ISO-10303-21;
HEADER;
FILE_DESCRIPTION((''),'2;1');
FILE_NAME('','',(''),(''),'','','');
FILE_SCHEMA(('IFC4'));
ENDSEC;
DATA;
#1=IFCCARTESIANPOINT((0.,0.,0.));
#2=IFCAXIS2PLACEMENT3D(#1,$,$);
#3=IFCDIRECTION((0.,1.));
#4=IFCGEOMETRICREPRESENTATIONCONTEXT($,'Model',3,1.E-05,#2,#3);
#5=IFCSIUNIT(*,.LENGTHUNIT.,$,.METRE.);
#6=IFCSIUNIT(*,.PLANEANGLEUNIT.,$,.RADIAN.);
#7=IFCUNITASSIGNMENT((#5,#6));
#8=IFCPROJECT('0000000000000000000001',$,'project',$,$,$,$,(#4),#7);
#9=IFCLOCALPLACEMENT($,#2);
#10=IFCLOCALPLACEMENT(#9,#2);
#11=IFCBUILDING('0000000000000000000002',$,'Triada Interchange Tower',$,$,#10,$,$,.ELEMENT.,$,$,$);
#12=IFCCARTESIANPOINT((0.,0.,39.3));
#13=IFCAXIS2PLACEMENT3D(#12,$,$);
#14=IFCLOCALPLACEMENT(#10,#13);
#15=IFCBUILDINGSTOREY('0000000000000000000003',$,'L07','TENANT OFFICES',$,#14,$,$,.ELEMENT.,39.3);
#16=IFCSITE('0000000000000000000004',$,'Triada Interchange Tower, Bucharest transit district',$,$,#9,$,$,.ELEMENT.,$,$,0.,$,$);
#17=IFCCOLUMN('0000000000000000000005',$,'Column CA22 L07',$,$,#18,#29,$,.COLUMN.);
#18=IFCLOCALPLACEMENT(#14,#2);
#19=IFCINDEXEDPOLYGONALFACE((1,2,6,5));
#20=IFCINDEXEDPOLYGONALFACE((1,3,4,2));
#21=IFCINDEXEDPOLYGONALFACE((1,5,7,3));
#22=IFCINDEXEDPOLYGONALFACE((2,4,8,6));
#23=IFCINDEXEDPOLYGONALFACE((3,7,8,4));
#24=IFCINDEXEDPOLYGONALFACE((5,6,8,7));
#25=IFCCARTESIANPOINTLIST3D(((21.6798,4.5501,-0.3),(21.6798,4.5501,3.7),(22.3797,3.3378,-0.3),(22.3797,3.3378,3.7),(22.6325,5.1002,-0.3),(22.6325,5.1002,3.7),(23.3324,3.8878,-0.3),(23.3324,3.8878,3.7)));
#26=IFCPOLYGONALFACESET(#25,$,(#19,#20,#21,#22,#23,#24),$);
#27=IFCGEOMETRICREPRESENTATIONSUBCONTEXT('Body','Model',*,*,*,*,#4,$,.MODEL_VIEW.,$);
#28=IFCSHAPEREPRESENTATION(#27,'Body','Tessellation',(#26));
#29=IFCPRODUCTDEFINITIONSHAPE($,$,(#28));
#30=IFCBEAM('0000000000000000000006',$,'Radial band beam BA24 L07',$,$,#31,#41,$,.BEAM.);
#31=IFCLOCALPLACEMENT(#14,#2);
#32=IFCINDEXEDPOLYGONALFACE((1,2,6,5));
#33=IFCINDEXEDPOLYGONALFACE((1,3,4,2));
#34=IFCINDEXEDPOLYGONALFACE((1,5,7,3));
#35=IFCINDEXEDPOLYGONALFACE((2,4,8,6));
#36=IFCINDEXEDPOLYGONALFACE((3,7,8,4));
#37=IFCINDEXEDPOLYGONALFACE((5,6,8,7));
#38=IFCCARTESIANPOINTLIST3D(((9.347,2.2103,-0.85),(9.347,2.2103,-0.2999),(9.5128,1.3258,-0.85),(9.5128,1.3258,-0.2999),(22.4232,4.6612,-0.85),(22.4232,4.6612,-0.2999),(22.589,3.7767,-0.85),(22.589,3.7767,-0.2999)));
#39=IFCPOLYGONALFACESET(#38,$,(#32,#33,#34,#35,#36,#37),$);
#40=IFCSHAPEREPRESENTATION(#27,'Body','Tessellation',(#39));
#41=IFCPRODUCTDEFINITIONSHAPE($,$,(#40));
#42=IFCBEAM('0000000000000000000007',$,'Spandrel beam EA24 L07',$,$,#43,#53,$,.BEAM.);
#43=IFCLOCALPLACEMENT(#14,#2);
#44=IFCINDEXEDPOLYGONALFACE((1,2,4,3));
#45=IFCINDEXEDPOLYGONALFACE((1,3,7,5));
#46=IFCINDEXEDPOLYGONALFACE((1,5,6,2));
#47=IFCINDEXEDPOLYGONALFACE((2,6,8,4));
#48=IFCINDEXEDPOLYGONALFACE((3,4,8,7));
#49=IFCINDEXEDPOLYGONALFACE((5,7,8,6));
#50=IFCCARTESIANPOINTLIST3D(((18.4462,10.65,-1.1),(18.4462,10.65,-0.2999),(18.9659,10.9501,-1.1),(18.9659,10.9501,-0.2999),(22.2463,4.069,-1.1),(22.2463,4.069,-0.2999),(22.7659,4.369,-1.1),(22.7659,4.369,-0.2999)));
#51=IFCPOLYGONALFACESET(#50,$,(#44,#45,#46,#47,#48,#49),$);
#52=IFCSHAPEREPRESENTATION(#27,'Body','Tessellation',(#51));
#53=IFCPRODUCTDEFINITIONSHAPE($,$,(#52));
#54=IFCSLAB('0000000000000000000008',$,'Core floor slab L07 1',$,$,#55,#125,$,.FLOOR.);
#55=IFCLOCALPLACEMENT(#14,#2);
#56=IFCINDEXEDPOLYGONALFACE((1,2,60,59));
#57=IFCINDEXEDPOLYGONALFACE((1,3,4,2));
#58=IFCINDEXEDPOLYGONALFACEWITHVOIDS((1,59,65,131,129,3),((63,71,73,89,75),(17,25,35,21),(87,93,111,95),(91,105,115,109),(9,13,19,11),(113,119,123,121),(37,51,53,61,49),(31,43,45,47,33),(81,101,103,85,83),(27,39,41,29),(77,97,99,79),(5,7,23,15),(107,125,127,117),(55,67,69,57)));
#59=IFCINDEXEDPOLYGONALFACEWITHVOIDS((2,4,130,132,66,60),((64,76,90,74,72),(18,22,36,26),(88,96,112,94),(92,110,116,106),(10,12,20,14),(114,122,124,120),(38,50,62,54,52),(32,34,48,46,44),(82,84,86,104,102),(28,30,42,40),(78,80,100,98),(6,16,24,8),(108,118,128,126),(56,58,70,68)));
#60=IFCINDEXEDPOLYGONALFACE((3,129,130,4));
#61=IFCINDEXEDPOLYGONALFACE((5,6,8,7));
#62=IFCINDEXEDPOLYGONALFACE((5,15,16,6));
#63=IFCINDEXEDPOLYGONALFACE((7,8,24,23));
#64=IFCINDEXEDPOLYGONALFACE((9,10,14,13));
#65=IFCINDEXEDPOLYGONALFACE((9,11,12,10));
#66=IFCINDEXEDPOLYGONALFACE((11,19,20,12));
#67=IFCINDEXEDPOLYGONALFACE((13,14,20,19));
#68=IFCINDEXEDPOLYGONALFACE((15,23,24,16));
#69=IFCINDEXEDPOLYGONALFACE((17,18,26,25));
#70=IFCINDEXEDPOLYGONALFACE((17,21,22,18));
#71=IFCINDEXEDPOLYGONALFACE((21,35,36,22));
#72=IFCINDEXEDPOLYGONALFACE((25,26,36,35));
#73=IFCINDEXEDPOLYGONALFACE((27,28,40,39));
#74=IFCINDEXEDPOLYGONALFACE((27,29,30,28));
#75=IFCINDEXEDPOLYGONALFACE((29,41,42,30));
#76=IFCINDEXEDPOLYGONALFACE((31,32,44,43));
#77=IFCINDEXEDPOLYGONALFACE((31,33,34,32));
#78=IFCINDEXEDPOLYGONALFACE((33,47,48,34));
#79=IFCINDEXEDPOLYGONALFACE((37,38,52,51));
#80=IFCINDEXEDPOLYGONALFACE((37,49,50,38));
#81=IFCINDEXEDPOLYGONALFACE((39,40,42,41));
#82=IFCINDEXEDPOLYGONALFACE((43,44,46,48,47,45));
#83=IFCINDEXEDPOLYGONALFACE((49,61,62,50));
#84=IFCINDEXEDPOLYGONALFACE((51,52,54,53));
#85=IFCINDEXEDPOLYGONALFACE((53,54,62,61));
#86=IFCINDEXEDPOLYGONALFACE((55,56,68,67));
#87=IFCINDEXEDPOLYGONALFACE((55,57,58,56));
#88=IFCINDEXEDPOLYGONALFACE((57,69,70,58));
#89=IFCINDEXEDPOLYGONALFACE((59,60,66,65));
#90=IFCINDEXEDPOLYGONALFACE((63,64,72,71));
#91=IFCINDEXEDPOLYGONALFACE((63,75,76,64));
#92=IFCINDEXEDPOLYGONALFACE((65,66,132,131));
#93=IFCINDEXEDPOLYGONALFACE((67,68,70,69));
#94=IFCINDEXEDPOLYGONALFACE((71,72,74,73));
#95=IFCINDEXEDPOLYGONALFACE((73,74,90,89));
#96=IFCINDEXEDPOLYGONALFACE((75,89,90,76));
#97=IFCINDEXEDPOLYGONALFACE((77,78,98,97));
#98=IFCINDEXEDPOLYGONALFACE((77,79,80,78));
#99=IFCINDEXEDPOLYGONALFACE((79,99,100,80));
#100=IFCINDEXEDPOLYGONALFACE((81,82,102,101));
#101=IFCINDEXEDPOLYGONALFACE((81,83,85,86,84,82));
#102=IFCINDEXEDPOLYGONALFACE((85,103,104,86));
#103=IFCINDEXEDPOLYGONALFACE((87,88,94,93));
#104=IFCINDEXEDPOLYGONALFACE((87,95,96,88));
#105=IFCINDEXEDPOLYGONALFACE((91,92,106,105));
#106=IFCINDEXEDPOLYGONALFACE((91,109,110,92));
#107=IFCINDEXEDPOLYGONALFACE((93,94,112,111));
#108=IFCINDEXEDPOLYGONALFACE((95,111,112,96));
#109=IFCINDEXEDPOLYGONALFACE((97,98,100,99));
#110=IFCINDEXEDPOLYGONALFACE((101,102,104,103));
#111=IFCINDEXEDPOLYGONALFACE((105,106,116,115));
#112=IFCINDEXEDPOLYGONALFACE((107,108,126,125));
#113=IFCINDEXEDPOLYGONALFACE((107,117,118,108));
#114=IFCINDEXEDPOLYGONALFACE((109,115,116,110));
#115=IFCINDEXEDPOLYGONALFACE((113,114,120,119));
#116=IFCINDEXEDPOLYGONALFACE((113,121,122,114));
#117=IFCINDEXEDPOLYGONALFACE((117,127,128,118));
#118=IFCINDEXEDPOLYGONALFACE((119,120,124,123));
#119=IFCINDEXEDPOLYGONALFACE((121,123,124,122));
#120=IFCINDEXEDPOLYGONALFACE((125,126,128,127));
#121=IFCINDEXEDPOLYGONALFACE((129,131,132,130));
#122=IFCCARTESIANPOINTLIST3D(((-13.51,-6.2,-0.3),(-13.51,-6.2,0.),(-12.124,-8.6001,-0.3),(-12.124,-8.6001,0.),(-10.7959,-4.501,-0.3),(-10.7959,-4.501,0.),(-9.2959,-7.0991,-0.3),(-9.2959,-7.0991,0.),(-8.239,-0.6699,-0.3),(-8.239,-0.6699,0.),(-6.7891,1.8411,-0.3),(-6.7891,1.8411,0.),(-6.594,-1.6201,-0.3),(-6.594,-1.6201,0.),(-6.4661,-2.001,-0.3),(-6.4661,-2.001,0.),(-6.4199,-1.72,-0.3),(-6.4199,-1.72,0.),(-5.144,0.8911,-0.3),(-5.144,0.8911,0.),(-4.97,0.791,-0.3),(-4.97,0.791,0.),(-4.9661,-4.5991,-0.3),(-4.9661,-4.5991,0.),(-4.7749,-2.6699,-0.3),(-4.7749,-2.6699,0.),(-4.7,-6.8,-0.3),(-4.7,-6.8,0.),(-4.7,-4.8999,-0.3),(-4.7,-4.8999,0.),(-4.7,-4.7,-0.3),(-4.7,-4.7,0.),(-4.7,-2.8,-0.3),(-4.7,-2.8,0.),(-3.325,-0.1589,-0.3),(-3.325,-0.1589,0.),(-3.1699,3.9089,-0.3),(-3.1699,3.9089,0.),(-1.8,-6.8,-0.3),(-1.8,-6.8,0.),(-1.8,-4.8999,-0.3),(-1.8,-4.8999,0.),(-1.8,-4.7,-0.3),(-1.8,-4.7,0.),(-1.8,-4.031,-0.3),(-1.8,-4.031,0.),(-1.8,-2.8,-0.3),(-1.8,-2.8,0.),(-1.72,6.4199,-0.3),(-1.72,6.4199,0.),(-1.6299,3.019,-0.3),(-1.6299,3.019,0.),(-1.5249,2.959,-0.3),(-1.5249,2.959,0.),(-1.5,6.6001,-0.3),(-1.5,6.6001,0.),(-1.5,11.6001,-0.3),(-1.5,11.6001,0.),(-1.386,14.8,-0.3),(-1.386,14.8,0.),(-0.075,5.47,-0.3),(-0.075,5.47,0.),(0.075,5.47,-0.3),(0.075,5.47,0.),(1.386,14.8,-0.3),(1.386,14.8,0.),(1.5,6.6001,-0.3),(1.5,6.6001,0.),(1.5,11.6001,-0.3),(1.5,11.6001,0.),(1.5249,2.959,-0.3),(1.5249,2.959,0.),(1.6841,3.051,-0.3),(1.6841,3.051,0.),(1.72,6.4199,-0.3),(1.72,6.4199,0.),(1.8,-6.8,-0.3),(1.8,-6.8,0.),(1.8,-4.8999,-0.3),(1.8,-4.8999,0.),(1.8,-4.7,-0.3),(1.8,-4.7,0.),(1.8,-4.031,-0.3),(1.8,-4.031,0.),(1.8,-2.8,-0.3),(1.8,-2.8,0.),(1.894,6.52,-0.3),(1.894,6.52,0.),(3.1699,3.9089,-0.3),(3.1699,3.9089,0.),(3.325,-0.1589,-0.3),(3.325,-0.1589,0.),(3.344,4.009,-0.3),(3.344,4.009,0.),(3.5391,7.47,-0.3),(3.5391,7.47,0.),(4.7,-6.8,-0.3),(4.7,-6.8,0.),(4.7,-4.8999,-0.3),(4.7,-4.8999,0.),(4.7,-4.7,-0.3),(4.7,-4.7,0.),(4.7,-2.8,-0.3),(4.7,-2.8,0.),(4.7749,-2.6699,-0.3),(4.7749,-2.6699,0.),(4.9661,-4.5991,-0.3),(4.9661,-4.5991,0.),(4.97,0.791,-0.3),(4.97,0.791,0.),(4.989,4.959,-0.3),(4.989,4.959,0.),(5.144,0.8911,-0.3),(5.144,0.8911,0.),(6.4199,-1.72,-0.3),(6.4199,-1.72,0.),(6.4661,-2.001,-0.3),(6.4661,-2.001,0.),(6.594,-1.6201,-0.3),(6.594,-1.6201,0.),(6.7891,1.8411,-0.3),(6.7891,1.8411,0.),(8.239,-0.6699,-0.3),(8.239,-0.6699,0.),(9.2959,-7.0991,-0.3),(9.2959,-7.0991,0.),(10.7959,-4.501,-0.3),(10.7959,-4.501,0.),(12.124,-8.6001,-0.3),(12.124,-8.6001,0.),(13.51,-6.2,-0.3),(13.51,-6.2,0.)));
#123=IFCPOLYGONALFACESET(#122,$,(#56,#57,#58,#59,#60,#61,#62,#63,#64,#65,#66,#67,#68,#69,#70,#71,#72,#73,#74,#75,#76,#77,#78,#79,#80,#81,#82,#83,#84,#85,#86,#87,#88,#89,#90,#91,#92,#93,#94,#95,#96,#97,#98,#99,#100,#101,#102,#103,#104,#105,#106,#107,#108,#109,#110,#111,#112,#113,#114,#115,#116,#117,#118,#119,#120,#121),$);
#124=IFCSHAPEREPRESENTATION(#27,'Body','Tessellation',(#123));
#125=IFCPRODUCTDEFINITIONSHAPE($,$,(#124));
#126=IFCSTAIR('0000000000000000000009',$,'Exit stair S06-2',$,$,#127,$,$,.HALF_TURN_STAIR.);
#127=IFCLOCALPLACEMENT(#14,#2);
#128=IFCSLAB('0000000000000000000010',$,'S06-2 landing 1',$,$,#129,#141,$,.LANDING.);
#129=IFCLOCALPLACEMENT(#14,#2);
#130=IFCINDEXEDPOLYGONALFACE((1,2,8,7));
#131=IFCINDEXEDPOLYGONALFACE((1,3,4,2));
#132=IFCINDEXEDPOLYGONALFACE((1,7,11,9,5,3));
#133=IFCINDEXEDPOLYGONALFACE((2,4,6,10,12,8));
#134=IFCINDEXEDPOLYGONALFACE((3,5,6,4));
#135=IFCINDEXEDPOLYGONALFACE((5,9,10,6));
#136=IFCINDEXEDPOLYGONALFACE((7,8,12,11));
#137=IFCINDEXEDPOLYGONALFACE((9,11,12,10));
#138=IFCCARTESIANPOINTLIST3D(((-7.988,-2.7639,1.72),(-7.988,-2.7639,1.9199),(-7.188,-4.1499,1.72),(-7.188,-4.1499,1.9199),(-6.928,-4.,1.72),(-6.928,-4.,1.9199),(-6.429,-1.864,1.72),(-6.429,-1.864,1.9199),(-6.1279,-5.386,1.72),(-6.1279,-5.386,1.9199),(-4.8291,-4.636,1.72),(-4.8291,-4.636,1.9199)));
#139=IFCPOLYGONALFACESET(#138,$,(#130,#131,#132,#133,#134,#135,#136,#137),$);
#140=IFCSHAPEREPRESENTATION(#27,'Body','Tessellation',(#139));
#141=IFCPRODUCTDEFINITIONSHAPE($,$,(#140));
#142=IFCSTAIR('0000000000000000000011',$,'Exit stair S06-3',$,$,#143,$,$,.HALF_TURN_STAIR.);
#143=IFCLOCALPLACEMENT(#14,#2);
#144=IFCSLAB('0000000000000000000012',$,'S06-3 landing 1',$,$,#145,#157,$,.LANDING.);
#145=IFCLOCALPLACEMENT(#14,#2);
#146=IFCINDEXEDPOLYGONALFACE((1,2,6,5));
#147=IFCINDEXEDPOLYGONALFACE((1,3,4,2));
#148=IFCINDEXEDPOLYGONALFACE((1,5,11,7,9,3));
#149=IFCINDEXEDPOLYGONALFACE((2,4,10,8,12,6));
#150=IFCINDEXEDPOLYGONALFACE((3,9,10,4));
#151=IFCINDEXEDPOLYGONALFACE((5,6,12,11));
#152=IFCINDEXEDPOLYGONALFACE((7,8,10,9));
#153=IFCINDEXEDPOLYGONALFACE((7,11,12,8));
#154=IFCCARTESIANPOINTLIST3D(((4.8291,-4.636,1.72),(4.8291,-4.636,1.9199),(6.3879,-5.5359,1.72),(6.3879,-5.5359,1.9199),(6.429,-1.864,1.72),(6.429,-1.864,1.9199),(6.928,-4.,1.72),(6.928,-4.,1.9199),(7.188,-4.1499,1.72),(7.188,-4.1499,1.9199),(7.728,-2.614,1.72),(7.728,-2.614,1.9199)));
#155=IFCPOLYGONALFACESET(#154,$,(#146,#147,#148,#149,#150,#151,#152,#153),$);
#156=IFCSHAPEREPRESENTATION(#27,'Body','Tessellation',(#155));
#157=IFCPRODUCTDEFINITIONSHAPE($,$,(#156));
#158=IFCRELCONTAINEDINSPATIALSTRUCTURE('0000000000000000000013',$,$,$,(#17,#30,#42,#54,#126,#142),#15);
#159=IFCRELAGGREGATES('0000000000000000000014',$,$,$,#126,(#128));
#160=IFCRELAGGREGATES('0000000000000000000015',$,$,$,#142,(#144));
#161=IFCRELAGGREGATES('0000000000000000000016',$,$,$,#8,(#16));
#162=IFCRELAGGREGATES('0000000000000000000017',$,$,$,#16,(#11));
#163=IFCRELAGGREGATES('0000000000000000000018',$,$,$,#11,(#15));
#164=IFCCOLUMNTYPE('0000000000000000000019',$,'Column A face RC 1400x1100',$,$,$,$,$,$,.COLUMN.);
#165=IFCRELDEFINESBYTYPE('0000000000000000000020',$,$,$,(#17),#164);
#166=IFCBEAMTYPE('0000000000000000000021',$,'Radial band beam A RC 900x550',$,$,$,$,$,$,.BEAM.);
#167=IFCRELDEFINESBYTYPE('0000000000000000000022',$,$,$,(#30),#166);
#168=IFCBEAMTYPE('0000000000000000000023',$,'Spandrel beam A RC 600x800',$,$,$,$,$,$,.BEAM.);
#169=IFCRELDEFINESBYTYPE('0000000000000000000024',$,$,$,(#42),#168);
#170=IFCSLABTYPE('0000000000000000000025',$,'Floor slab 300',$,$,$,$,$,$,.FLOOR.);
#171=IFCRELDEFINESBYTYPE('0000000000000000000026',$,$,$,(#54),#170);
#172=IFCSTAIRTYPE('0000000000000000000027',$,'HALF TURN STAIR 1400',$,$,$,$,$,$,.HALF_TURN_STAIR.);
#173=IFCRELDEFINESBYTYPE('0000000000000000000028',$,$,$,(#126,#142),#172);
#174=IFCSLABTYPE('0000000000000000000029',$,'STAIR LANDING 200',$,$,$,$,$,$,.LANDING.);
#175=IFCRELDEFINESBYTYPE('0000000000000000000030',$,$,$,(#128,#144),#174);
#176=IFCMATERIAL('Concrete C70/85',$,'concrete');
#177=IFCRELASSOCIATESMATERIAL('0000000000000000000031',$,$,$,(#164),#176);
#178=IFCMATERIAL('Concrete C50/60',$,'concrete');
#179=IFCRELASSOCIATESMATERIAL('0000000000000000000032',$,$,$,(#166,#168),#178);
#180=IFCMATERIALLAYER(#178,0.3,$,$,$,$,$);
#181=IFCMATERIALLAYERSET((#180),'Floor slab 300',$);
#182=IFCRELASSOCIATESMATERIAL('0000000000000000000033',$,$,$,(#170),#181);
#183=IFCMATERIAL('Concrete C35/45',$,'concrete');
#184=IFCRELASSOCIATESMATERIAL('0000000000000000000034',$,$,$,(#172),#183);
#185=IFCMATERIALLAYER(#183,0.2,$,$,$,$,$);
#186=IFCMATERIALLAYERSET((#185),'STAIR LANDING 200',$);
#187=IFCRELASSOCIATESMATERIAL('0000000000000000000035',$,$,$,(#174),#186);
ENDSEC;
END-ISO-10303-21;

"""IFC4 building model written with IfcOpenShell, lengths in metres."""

from ifc_helpers import new_model, si_unit, direction, frame, origin, origin_2d, place, context, subcontext, project, spatial, polyline, rectangle, outline, extrude, material, layer, layer_set, material_profile, profile_set, type_object, element, aggregate, save


model = new_model("IFC4")

# Units and contexts
model_context = context("Model", 3, precision=1e-05, world=origin(), true_north=direction((0.0, 1.0)))
body_context = subcontext(model_context, "Body", "Model", "MODEL_VIEW")
ifc_project = project(units=[si_unit("LENGTHUNIT", "METRE"), si_unit("PLANEANGLEUNIT", "RADIAN")], contexts=[model_context])

# Site, building, storey
site_placement = place(None, origin())
site = spatial("IfcSite", under=ifc_project, at=site_placement, Name="Triada Interchange Tower, Bucharest transit district", CompositionType="ELEMENT", RefElevation=0.0)
building_placement = place(site_placement, origin())
building = spatial("IfcBuilding", under=site, at=building_placement, Name="Triada Interchange Tower", CompositionType="ELEMENT")
storey_placement = place(building_placement, frame((0.0, 0.0, 39.3)))
storey = spatial("IfcBuildingStorey", under=building, at=storey_placement, Name="L07", Description="TENANT OFFICES", CompositionType="ELEMENT", Elevation=39.3)

# Column
ifc_material_1 = material(Name="Concrete C70/85", Category="concrete")
ifc_material_profile_1 = material_profile(ifc_material_1, rectangle(XDim=1.3999, YDim=1.1001, at=origin_2d()), Name="RC 1400x1100")
ifc_profile_set_1 = profile_set([ifc_material_profile_1], Name="Concrete C70/85")
column_type = type_object("IfcColumnType", Name="Column A face RC 1400x1100", PredefinedType="COLUMN", material=ifc_profile_set_1)
column_placement = place(storey_placement, frame((22.5061, 4.219, -0.3), z_axis=(0.0, 0.0, 1.0), x_axis=(-0.5, 0.866025, 0.0)))
element("IfcColumn", 1, at=column_placement, inside=storey, type_object=column_type, Name="Column CA22 L07", PredefinedType="COLUMN", context=body_context, shape_type="SweptSolid", body=[
    extrude(rectangle(XDim=1.3999, YDim=1.1001, at=origin_2d()), origin(), (0.0, 0.0, 1.0), 4.0),
])

# Beams
ifc_material_2 = material(Name="Concrete C50/60", Category="concrete")
ifc_material_profile_2 = material_profile(ifc_material_2, rectangle(XDim=0.8999, YDim=0.55, at=origin_2d()), Name="RC 900x550")
ifc_profile_set_2 = profile_set([ifc_material_profile_2], Name="Concrete C50/60")
beam_type_1 = type_object("IfcBeamType", Name="Radial band beam A RC 900x550", PredefinedType="BEAM", material=ifc_profile_set_2)
beam_1_placement = place(storey_placement, frame((22.5061, 4.219, -0.575), z_axis=(-0.982884, -0.184226, 0.0), x_axis=(0.184226, -0.982884, 0.0)))
element("IfcBeam", 2, at=beam_1_placement, inside=storey, type_object=beam_type_1, Name="Radial band beam BA24 L07", PredefinedType="BEAM", context=body_context, shape_type="SweptSolid", body=[
    extrude(rectangle(XDim=0.8999, YDim=0.55, at=origin_2d()), origin(), (0.0, 0.0, 1.0), 13.304),
])
ifc_material_profile_3 = material_profile(ifc_material_2, rectangle(XDim=0.6001, YDim=0.8, at=origin_2d()), Name="RC 600x800")
ifc_profile_set_3 = profile_set([ifc_material_profile_3], Name="Concrete C50/60")
beam_type_2 = type_object("IfcBeamType", Name="Spandrel beam A RC 600x800", PredefinedType="BEAM", material=ifc_profile_set_3)
beam_2_placement = place(storey_placement, frame((22.5061, 4.219, -0.7), z_axis=(-0.500047, 0.865998, 0.0), x_axis=(-0.865998, -0.500047, 0.0)))
element("IfcBeam", 3, at=beam_2_placement, inside=storey, type_object=beam_type_2, Name="Spandrel beam EA24 L07", PredefinedType="BEAM", context=body_context, shape_type="SweptSolid", body=[
    extrude(rectangle(XDim=0.6001, YDim=0.8, at=origin_2d()), origin(), (0.0, 0.0, 1.0), 7.5994),
])

# Slab
ifc_layer_1 = layer(ifc_material_2, 0.3)
ifc_layer_set_1 = layer_set([ifc_layer_1], Name="Floor slab 300")
slab_type_1 = type_object("IfcSlabType", Name="Floor slab 300", PredefinedType="FLOOR", material=ifc_layer_set_1)
slab_1_placement = place(storey_placement, frame((0.0, 0.0, -0.3)))
element("IfcSlab", 4, at=slab_1_placement, inside=storey, type_object=slab_type_1, Name="Core floor slab L07 1", PredefinedType="FLOOR", context=body_context, shape_type="SweptSolid", body=[
    extrude(outline(polyline([(13.51, -6.2), (12.124, -8.6001), (-12.124, -8.6001), (-13.51, -6.2), (-1.386, 14.8), (1.386, 14.8), (13.51, -6.2)]), holes=[polyline([(9.2959, -7.0991), (10.7959, -4.501), (6.4661, -2.001), (4.9661, -4.5991), (9.2959, -7.0991)]), polyline([(6.7891, 1.8411), (5.144, 0.8911), (6.594, -1.6201), (8.239, -0.6699), (6.7891, 1.8411)]), polyline([(4.97, 0.791), (3.325, -0.1589), (4.7749, -2.6699), (6.4199, -1.72), (4.97, 0.791)]), polyline([(1.894, 6.52), (3.344, 4.009), (4.989, 4.959), (3.5391, 7.47), (1.894, 6.52)]), polyline([(1.8, -4.8999), (1.8, -6.8), (4.7, -6.8), (4.7, -4.8999), (1.8, -4.8999)]), polyline([(1.8, -2.8), (1.8, -4.031), (1.8, -4.7), (4.7, -4.7), (4.7, -2.8), (1.8, -2.8)]), polyline([(1.5249, 2.959), (1.6841, 3.051), (3.1699, 3.9089), (1.72, 6.4199), (0.075, 5.47), (1.5249, 2.959)]), polyline([(1.5, 11.6001), (-1.5, 11.6001), (-1.5, 6.6001), (1.5, 6.6001), (1.5, 11.6001)]), polyline([(-0.075, 5.47), (-1.72, 6.4199), (-3.1699, 3.9089), (-1.6299, 3.019), (-1.5249, 2.959), (-0.075, 5.47)]), polyline([(-4.7, -2.8), (-4.7, -4.7), (-1.8, -4.7), (-1.8, -4.031), (-1.8, -2.8), (-4.7, -2.8)]), polyline([(-4.7, -4.8999), (-4.7, -6.8), (-1.8, -6.8), (-1.8, -4.8999), (-4.7, -4.8999)]), polyline([(-4.7749, -2.6699), (-3.325, -0.1589), (-4.97, 0.791), (-6.4199, -1.72), (-4.7749, -2.6699)]), polyline([(-10.7959, -4.501), (-9.2959, -7.0991), (-4.9661, -4.5991), (-6.4661, -2.001), (-10.7959, -4.501)]), polyline([(-6.594, -1.6201), (-5.144, 0.8911), (-6.7891, 1.8411), (-8.239, -0.6699), (-6.594, -1.6201)])]), origin(), (0.0, 0.0, 1.0), 0.3),
])

# Stairs, slabs
ifc_material_3 = material(Name="Concrete C35/45", Category="concrete")
stair_type = type_object("IfcStairType", Name="HALF TURN STAIR 1400", PredefinedType="HALF_TURN_STAIR", material=ifc_material_3)
stair_1_placement = place(storey_placement, origin())
stair_1 = element("IfcStair", 5, at=stair_1_placement, inside=storey, type_object=stair_type, Name="Exit stair S06-2", PredefinedType="HALF_TURN_STAIR")
ifc_layer_2 = layer(ifc_material_3, 0.2)
ifc_layer_set_2 = layer_set([ifc_layer_2], Name="STAIR LANDING 200")
slab_type_2 = type_object("IfcSlabType", Name="STAIR LANDING 200", PredefinedType="LANDING", material=ifc_layer_set_2)
slab_2_placement = place(storey_placement, frame((0.0, 0.0, 1.72)))
slab_2 = element("IfcSlab", 6, at=slab_2_placement, type_object=slab_type_2, Name="S06-2 landing 1", PredefinedType="LANDING", context=body_context, shape_type="SweptSolid", body=[
    extrude(outline(polyline([(-6.429, -1.864), (-7.988, -2.7639), (-7.188, -4.1499), (-6.928, -4.0), (-6.1279, -5.386), (-4.8291, -4.636), (-6.429, -1.864)])), origin(), (0.0, 0.0, 1.0), 0.2),
])
aggregate(stair_1, [slab_2])
stair_2_placement = place(storey_placement, origin())
stair_2 = element("IfcStair", 7, at=stair_2_placement, inside=storey, type_object=stair_type, Name="Exit stair S06-3", PredefinedType="HALF_TURN_STAIR")
slab_3_placement = place(storey_placement, frame((0.0, 0.0, 1.72)))
slab_3 = element("IfcSlab", 8, at=slab_3_placement, type_object=slab_type_2, Name="S06-3 landing 1", PredefinedType="LANDING", context=body_context, shape_type="SweptSolid", body=[
    extrude(outline(polyline([(4.8291, -4.636), (6.3879, -5.5359), (7.188, -4.1499), (6.928, -4.0), (7.728, -2.614), (6.429, -1.864), (4.8291, -4.636)])), origin(), (0.0, 0.0, 1.0), 0.2),
])
aggregate(stair_2, [slab_3])

save(model, "model.ifc")
